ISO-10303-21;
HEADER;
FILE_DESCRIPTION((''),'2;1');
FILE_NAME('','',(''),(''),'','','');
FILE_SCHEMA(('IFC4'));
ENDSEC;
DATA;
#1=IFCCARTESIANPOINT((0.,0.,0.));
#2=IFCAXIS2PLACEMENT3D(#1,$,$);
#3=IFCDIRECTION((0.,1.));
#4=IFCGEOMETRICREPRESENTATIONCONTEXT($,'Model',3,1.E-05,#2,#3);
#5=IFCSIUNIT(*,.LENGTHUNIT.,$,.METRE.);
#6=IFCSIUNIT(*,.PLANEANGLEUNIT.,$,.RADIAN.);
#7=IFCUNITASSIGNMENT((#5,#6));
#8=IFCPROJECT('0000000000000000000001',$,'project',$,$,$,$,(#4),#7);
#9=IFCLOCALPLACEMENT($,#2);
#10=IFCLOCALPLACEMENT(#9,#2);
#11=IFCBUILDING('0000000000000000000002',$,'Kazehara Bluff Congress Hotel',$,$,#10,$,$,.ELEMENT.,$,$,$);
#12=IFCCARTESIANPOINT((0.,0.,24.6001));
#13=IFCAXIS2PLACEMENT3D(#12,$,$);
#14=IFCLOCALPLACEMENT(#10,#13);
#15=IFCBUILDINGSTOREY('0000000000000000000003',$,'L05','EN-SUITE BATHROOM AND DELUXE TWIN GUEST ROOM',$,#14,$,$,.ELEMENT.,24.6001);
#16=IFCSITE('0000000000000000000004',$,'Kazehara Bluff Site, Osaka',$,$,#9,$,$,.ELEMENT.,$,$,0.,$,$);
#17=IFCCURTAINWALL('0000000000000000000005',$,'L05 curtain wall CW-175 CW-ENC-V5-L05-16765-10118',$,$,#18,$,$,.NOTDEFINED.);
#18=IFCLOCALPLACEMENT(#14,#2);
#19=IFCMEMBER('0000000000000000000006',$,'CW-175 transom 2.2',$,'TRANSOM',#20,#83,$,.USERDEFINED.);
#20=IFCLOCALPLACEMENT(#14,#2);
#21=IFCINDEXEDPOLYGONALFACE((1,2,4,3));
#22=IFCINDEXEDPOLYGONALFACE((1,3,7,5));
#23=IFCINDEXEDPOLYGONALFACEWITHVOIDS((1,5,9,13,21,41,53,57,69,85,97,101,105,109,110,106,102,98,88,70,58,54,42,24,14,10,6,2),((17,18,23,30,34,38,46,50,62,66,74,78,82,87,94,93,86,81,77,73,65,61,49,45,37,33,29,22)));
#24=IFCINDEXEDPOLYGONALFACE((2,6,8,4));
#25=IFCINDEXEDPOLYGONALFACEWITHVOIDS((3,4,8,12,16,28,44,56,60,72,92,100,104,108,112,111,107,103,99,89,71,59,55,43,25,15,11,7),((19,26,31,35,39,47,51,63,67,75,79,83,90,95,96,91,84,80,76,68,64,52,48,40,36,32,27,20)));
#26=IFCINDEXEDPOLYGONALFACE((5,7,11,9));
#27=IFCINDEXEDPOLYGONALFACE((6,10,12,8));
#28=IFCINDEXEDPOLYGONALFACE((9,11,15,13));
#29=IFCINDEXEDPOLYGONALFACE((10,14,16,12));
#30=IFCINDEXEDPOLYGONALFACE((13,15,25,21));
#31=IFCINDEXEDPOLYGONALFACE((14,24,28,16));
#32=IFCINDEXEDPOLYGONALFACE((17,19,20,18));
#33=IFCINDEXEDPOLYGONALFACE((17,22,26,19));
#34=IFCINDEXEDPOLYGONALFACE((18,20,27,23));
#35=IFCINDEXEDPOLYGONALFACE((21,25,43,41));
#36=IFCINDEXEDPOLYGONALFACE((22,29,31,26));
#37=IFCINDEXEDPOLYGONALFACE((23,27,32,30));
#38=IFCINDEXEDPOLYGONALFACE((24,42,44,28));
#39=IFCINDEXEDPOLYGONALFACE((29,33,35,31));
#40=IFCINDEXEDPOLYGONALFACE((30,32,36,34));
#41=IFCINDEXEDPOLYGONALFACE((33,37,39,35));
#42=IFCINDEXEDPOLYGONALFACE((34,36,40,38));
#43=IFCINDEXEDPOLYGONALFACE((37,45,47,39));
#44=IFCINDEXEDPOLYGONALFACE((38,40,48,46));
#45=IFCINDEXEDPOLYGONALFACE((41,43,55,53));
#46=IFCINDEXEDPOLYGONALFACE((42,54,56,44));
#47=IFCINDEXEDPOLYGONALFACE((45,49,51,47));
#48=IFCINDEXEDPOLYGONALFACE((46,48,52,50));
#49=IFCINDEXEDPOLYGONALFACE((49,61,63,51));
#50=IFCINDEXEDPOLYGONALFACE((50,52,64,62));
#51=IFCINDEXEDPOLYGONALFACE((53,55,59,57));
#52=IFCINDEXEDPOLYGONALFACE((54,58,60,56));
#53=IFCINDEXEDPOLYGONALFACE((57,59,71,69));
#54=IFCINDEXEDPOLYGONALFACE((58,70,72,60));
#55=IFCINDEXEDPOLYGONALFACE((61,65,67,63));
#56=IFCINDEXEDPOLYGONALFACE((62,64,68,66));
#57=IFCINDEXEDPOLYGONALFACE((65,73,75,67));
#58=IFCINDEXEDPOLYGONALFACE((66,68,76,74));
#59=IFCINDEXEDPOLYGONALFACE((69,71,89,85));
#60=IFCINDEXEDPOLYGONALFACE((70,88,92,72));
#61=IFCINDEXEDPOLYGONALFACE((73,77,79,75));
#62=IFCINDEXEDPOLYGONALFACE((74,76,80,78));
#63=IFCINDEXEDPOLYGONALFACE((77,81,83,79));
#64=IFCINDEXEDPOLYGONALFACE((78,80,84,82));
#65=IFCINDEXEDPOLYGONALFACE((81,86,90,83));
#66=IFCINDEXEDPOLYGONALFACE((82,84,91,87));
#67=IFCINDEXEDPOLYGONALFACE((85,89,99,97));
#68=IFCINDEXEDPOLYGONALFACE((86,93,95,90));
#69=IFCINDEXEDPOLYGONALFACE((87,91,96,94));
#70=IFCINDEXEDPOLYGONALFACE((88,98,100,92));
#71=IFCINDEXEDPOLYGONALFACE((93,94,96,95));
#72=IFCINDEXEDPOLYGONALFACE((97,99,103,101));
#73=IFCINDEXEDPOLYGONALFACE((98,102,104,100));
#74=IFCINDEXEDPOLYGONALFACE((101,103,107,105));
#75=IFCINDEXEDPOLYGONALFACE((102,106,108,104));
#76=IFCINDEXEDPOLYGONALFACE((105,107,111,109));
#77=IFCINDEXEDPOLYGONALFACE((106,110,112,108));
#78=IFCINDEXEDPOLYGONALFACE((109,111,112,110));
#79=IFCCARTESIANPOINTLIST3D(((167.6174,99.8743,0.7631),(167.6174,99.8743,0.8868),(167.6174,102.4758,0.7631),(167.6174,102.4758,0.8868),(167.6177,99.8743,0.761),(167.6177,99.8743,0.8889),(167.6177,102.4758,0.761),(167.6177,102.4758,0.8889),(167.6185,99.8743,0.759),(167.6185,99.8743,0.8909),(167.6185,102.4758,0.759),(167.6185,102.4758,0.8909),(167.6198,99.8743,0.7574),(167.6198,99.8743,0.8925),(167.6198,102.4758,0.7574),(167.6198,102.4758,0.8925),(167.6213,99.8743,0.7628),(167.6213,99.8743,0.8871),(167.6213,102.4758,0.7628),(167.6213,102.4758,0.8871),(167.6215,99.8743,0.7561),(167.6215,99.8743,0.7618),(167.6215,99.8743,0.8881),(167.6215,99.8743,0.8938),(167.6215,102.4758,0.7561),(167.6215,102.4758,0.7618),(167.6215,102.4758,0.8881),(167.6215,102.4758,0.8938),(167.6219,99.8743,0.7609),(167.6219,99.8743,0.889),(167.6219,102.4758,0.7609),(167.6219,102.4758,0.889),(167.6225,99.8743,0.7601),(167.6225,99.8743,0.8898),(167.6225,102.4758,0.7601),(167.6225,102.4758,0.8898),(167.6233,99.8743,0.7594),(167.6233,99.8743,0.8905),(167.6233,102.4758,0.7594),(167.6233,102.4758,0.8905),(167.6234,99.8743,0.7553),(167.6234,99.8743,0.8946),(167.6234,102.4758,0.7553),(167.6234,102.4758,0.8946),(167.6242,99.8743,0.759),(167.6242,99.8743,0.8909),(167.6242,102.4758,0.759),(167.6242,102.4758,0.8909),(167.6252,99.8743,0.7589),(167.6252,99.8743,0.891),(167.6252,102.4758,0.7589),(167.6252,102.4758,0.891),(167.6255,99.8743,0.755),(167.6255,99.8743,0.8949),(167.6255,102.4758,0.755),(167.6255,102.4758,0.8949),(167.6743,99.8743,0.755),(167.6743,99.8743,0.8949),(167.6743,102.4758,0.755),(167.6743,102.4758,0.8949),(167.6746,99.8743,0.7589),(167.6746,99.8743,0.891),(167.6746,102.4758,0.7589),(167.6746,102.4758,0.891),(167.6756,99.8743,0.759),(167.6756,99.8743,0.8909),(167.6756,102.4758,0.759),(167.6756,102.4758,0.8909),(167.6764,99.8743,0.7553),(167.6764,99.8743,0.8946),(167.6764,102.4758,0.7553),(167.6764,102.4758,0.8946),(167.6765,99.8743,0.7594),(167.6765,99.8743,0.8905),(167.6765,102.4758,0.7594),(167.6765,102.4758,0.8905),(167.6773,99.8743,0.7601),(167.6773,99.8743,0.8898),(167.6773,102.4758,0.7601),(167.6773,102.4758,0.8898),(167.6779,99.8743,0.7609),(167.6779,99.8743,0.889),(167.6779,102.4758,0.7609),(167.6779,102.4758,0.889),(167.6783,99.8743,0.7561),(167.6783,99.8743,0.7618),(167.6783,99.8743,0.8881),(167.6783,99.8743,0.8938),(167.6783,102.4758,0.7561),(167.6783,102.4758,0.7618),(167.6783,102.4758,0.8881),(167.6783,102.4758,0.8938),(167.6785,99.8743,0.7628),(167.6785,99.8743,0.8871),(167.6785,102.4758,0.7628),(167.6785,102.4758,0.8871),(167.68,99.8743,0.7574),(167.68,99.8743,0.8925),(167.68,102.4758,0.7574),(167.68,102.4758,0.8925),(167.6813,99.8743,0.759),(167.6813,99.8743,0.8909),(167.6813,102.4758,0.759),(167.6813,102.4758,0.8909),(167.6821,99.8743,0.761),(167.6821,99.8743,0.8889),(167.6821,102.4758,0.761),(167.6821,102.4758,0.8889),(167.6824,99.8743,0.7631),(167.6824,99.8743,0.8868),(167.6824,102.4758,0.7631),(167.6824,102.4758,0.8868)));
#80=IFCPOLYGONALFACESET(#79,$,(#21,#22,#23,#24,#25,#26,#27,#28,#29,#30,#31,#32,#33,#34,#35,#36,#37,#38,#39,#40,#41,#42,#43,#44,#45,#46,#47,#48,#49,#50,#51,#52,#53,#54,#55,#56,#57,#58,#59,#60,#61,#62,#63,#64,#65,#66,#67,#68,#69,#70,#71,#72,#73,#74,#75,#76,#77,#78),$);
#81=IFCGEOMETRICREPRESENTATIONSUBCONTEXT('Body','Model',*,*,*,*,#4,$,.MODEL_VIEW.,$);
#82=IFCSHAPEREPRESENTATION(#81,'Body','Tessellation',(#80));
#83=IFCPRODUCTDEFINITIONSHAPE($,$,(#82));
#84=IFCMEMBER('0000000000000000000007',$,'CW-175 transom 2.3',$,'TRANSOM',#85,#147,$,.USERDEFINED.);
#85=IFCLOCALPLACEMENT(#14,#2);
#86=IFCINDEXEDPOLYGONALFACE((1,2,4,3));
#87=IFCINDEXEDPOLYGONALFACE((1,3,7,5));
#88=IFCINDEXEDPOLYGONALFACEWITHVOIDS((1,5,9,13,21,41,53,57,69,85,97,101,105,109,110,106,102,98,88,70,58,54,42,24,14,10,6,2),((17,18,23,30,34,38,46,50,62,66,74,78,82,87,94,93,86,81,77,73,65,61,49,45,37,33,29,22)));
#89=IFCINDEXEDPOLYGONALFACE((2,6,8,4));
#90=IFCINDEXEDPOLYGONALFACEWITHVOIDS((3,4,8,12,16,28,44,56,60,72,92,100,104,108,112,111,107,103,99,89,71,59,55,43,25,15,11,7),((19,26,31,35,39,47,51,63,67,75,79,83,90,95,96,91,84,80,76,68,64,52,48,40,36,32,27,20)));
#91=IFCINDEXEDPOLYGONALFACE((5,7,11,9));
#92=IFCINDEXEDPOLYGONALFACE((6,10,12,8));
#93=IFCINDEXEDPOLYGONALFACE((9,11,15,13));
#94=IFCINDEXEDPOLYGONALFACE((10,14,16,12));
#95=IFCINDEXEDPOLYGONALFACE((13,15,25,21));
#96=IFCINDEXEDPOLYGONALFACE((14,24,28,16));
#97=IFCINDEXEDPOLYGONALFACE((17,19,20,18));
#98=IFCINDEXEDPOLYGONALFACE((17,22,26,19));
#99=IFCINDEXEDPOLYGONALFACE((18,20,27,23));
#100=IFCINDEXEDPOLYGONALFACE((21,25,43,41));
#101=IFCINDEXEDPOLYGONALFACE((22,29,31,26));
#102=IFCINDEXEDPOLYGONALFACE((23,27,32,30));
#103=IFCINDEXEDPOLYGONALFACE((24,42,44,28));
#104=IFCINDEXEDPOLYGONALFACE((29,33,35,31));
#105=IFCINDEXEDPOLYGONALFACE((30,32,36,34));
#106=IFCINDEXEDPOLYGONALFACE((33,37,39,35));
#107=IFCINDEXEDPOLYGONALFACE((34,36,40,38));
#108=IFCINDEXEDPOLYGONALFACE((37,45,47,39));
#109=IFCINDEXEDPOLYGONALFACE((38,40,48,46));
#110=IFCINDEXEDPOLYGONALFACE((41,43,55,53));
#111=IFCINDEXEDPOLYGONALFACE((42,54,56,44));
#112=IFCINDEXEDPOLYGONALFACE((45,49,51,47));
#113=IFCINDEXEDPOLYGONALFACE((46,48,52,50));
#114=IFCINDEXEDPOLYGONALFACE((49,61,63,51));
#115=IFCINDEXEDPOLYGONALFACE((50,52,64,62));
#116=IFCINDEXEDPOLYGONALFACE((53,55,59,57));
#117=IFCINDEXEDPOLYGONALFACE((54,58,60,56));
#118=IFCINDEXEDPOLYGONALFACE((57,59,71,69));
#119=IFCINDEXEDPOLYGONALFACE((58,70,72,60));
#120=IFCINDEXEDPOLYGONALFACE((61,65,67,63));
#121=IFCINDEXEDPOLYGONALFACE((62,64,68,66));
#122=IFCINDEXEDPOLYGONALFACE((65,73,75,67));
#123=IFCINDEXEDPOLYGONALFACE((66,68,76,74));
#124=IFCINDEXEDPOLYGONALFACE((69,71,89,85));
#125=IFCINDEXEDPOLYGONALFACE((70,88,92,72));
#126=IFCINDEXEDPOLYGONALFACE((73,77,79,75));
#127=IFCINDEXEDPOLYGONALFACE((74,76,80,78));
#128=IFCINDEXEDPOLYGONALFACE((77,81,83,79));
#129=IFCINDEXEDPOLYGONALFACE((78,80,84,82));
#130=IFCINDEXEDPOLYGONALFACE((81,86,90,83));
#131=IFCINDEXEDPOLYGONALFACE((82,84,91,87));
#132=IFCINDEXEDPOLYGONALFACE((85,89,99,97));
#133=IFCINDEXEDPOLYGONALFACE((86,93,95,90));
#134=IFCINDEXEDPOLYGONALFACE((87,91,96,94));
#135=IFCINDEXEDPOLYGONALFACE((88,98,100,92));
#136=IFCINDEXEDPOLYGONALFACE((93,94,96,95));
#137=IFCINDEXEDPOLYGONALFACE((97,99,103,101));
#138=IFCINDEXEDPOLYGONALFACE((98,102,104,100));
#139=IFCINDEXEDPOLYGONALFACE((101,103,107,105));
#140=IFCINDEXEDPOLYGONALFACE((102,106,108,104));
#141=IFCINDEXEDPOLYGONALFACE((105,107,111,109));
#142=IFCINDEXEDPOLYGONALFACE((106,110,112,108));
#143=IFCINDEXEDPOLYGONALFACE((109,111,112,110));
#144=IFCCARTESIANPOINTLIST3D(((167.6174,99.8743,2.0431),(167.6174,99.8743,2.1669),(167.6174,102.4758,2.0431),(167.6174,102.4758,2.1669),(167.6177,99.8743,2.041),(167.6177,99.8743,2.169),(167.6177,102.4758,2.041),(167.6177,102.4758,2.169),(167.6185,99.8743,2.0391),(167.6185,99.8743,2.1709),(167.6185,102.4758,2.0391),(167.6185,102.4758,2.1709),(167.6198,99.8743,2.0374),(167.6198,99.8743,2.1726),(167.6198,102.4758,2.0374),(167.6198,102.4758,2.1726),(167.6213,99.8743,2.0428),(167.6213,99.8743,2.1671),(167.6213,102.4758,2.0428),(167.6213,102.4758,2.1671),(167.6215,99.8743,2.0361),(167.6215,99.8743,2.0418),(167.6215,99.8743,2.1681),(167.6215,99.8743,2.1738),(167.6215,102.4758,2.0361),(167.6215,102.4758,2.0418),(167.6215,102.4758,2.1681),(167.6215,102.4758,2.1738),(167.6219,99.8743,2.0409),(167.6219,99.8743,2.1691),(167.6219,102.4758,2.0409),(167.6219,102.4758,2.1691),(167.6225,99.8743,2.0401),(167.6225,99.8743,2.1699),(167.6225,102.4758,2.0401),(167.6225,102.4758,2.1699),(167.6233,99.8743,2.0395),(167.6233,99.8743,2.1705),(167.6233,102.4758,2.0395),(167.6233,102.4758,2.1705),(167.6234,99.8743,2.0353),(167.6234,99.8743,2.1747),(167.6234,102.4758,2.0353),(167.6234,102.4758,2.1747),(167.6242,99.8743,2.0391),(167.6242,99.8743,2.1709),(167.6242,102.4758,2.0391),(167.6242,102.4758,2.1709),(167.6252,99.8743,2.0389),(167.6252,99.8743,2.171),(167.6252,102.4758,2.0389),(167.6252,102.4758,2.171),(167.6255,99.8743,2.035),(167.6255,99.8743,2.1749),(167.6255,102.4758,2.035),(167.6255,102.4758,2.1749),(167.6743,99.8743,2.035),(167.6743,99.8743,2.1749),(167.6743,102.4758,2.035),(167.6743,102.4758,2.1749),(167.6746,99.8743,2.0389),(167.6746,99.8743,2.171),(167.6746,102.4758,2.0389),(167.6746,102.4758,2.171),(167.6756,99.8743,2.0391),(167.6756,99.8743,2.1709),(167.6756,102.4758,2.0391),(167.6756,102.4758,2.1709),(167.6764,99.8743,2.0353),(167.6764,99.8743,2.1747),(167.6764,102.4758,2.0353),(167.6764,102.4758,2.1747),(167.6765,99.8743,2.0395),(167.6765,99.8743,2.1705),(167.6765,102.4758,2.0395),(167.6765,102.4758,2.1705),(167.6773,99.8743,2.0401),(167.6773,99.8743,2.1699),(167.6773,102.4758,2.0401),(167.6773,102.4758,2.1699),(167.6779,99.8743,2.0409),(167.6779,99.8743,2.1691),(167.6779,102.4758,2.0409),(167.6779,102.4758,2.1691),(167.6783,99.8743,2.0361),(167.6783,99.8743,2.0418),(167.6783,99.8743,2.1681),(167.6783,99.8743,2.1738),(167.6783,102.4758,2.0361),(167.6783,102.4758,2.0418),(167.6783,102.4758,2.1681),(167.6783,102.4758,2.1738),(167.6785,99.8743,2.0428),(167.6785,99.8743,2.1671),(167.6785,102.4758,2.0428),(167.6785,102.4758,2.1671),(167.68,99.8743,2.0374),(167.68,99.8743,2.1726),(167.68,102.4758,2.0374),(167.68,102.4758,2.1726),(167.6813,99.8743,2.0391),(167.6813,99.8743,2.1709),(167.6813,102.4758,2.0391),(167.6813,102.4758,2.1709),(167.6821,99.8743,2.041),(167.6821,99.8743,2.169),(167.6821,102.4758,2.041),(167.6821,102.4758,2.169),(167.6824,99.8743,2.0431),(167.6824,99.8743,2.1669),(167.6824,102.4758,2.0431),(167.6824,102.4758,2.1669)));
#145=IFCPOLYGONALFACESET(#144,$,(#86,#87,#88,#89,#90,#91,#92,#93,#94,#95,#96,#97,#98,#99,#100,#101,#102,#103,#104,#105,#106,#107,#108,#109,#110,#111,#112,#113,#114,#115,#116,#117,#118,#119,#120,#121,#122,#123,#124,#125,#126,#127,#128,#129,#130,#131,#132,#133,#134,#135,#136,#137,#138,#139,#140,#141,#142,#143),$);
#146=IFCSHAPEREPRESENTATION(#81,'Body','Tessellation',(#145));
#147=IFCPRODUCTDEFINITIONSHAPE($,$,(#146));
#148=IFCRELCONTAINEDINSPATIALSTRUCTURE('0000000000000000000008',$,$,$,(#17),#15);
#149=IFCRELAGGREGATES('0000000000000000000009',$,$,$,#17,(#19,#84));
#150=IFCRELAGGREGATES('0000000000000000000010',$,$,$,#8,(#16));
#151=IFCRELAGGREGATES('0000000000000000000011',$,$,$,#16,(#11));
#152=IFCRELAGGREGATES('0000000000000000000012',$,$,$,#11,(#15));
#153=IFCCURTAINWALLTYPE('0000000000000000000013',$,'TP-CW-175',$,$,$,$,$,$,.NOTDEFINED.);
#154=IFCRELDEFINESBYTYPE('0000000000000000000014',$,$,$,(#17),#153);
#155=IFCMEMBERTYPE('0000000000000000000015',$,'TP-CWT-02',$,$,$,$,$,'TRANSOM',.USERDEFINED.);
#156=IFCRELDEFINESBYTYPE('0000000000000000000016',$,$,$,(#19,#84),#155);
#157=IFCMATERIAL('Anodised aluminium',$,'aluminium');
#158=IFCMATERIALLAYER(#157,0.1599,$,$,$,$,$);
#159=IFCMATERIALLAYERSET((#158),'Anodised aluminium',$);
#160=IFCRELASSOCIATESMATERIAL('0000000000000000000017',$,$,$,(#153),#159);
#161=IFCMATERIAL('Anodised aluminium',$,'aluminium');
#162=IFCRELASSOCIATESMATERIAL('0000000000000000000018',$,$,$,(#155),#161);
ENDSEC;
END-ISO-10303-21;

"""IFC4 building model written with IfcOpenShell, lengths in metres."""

from ifc_helpers import new_model, si_unit, direction, frame, origin, origin_2d, place, context, subcontext, project, spatial, hollow_rectangle, extrude, material, layer, layer_set, material_profile, profile_set, type_object, element, aggregate, save


model = new_model("IFC4")

# Units and contexts
model_context = context("Model", 3, precision=1e-05, world=origin(), true_north=direction((0.0, 1.0)))
body_context = subcontext(model_context, "Body", "Model", "MODEL_VIEW")
ifc_project = project(units=[si_unit("LENGTHUNIT", "METRE"), si_unit("PLANEANGLEUNIT", "RADIAN")], contexts=[model_context])

# Site, building, storey
site_placement = place(None, origin())
site = spatial("IfcSite", under=ifc_project, at=site_placement, Name="Kazehara Bluff Site, Osaka", CompositionType="ELEMENT", RefElevation=0.0)
building_placement = place(site_placement, origin())
building = spatial("IfcBuilding", under=site, at=building_placement, Name="Kazehara Bluff Congress Hotel", CompositionType="ELEMENT")
storey_placement = place(building_placement, frame((0.0, 0.0, 24.6001)))
storey = spatial("IfcBuildingStorey", under=building, at=storey_placement, Name="L05", Description="EN-SUITE BATHROOM AND DELUXE TWIN GUEST ROOM", CompositionType="ELEMENT", Elevation=24.6001)

# Curtain wall, members
ifc_material_1 = material(Name="Anodised aluminium", Category="aluminium")
ifc_layer_1 = layer(ifc_material_1, 0.1599)
ifc_layer_set_1 = layer_set([ifc_layer_1], Name="Anodised aluminium")
curtain_wall_type = type_object("IfcCurtainWallType", Name="TP-CW-175", PredefinedType="NOTDEFINED", material=ifc_layer_set_1)
curtain_wall_placement = place(storey_placement, origin())
curtain_wall = element("IfcCurtainWall", 1, at=curtain_wall_placement, inside=storey, type_object=curtain_wall_type, Name="L05 curtain wall CW-175 CW-ENC-V5-L05-16765-10118", PredefinedType="NOTDEFINED")
ifc_material_2 = material(Name="Anodised aluminium", Category="aluminium")
ifc_material_profile_1 = material_profile(ifc_material_2, hollow_rectangle(XDim=0.0649, YDim=0.1399, WallThickness=0.0039, InnerFilletRadius=0.0039, OuterFilletRadius=0.0081, at=origin_2d()))
ifc_profile_set_1 = profile_set([ifc_material_profile_1], Name="Anodised aluminium")
member_type_1 = type_object("IfcMemberType", Name="TP-CWT-02", ElementType="TRANSOM", PredefinedType="USERDEFINED", material=ifc_profile_set_1)
member_1_placement = place(storey_placement, frame((167.6499, 102.4758, 0.825), z_axis=(0.0, -1.0, 0.0), x_axis=(1.0, 0.0, 0.0)))
member_1 = element("IfcMember", 2, at=member_1_placement, type_object=member_type_1, Name="CW-175 transom 2.2", ObjectType="TRANSOM", PredefinedType="USERDEFINED", context=body_context, shape_type="SweptSolid", body=[
    extrude(hollow_rectangle(XDim=0.0649, YDim=0.1399, WallThickness=0.0039, InnerFilletRadius=0.0039, OuterFilletRadius=0.0081, at=origin_2d()), origin(), (0.0, 0.0, 1.0), 2.6016),
])
member_2_placement = place(storey_placement, frame((167.6499, 102.4758, 2.105), z_axis=(0.0, -1.0, 0.0), x_axis=(1.0, 0.0, 0.0)))
member_2 = element("IfcMember", 3, at=member_2_placement, type_object=member_type_1, Name="CW-175 transom 2.3", ObjectType="TRANSOM", PredefinedType="USERDEFINED", context=body_context, shape_type="SweptSolid", body=[
    extrude(hollow_rectangle(XDim=0.0649, YDim=0.1399, WallThickness=0.0039, InnerFilletRadius=0.0039, OuterFilletRadius=0.0081, at=origin_2d()), origin(), (0.0, 0.0, 1.0), 2.6016),
])
aggregate(curtain_wall, [member_1, member_2])

save(model, "model.ifc")
